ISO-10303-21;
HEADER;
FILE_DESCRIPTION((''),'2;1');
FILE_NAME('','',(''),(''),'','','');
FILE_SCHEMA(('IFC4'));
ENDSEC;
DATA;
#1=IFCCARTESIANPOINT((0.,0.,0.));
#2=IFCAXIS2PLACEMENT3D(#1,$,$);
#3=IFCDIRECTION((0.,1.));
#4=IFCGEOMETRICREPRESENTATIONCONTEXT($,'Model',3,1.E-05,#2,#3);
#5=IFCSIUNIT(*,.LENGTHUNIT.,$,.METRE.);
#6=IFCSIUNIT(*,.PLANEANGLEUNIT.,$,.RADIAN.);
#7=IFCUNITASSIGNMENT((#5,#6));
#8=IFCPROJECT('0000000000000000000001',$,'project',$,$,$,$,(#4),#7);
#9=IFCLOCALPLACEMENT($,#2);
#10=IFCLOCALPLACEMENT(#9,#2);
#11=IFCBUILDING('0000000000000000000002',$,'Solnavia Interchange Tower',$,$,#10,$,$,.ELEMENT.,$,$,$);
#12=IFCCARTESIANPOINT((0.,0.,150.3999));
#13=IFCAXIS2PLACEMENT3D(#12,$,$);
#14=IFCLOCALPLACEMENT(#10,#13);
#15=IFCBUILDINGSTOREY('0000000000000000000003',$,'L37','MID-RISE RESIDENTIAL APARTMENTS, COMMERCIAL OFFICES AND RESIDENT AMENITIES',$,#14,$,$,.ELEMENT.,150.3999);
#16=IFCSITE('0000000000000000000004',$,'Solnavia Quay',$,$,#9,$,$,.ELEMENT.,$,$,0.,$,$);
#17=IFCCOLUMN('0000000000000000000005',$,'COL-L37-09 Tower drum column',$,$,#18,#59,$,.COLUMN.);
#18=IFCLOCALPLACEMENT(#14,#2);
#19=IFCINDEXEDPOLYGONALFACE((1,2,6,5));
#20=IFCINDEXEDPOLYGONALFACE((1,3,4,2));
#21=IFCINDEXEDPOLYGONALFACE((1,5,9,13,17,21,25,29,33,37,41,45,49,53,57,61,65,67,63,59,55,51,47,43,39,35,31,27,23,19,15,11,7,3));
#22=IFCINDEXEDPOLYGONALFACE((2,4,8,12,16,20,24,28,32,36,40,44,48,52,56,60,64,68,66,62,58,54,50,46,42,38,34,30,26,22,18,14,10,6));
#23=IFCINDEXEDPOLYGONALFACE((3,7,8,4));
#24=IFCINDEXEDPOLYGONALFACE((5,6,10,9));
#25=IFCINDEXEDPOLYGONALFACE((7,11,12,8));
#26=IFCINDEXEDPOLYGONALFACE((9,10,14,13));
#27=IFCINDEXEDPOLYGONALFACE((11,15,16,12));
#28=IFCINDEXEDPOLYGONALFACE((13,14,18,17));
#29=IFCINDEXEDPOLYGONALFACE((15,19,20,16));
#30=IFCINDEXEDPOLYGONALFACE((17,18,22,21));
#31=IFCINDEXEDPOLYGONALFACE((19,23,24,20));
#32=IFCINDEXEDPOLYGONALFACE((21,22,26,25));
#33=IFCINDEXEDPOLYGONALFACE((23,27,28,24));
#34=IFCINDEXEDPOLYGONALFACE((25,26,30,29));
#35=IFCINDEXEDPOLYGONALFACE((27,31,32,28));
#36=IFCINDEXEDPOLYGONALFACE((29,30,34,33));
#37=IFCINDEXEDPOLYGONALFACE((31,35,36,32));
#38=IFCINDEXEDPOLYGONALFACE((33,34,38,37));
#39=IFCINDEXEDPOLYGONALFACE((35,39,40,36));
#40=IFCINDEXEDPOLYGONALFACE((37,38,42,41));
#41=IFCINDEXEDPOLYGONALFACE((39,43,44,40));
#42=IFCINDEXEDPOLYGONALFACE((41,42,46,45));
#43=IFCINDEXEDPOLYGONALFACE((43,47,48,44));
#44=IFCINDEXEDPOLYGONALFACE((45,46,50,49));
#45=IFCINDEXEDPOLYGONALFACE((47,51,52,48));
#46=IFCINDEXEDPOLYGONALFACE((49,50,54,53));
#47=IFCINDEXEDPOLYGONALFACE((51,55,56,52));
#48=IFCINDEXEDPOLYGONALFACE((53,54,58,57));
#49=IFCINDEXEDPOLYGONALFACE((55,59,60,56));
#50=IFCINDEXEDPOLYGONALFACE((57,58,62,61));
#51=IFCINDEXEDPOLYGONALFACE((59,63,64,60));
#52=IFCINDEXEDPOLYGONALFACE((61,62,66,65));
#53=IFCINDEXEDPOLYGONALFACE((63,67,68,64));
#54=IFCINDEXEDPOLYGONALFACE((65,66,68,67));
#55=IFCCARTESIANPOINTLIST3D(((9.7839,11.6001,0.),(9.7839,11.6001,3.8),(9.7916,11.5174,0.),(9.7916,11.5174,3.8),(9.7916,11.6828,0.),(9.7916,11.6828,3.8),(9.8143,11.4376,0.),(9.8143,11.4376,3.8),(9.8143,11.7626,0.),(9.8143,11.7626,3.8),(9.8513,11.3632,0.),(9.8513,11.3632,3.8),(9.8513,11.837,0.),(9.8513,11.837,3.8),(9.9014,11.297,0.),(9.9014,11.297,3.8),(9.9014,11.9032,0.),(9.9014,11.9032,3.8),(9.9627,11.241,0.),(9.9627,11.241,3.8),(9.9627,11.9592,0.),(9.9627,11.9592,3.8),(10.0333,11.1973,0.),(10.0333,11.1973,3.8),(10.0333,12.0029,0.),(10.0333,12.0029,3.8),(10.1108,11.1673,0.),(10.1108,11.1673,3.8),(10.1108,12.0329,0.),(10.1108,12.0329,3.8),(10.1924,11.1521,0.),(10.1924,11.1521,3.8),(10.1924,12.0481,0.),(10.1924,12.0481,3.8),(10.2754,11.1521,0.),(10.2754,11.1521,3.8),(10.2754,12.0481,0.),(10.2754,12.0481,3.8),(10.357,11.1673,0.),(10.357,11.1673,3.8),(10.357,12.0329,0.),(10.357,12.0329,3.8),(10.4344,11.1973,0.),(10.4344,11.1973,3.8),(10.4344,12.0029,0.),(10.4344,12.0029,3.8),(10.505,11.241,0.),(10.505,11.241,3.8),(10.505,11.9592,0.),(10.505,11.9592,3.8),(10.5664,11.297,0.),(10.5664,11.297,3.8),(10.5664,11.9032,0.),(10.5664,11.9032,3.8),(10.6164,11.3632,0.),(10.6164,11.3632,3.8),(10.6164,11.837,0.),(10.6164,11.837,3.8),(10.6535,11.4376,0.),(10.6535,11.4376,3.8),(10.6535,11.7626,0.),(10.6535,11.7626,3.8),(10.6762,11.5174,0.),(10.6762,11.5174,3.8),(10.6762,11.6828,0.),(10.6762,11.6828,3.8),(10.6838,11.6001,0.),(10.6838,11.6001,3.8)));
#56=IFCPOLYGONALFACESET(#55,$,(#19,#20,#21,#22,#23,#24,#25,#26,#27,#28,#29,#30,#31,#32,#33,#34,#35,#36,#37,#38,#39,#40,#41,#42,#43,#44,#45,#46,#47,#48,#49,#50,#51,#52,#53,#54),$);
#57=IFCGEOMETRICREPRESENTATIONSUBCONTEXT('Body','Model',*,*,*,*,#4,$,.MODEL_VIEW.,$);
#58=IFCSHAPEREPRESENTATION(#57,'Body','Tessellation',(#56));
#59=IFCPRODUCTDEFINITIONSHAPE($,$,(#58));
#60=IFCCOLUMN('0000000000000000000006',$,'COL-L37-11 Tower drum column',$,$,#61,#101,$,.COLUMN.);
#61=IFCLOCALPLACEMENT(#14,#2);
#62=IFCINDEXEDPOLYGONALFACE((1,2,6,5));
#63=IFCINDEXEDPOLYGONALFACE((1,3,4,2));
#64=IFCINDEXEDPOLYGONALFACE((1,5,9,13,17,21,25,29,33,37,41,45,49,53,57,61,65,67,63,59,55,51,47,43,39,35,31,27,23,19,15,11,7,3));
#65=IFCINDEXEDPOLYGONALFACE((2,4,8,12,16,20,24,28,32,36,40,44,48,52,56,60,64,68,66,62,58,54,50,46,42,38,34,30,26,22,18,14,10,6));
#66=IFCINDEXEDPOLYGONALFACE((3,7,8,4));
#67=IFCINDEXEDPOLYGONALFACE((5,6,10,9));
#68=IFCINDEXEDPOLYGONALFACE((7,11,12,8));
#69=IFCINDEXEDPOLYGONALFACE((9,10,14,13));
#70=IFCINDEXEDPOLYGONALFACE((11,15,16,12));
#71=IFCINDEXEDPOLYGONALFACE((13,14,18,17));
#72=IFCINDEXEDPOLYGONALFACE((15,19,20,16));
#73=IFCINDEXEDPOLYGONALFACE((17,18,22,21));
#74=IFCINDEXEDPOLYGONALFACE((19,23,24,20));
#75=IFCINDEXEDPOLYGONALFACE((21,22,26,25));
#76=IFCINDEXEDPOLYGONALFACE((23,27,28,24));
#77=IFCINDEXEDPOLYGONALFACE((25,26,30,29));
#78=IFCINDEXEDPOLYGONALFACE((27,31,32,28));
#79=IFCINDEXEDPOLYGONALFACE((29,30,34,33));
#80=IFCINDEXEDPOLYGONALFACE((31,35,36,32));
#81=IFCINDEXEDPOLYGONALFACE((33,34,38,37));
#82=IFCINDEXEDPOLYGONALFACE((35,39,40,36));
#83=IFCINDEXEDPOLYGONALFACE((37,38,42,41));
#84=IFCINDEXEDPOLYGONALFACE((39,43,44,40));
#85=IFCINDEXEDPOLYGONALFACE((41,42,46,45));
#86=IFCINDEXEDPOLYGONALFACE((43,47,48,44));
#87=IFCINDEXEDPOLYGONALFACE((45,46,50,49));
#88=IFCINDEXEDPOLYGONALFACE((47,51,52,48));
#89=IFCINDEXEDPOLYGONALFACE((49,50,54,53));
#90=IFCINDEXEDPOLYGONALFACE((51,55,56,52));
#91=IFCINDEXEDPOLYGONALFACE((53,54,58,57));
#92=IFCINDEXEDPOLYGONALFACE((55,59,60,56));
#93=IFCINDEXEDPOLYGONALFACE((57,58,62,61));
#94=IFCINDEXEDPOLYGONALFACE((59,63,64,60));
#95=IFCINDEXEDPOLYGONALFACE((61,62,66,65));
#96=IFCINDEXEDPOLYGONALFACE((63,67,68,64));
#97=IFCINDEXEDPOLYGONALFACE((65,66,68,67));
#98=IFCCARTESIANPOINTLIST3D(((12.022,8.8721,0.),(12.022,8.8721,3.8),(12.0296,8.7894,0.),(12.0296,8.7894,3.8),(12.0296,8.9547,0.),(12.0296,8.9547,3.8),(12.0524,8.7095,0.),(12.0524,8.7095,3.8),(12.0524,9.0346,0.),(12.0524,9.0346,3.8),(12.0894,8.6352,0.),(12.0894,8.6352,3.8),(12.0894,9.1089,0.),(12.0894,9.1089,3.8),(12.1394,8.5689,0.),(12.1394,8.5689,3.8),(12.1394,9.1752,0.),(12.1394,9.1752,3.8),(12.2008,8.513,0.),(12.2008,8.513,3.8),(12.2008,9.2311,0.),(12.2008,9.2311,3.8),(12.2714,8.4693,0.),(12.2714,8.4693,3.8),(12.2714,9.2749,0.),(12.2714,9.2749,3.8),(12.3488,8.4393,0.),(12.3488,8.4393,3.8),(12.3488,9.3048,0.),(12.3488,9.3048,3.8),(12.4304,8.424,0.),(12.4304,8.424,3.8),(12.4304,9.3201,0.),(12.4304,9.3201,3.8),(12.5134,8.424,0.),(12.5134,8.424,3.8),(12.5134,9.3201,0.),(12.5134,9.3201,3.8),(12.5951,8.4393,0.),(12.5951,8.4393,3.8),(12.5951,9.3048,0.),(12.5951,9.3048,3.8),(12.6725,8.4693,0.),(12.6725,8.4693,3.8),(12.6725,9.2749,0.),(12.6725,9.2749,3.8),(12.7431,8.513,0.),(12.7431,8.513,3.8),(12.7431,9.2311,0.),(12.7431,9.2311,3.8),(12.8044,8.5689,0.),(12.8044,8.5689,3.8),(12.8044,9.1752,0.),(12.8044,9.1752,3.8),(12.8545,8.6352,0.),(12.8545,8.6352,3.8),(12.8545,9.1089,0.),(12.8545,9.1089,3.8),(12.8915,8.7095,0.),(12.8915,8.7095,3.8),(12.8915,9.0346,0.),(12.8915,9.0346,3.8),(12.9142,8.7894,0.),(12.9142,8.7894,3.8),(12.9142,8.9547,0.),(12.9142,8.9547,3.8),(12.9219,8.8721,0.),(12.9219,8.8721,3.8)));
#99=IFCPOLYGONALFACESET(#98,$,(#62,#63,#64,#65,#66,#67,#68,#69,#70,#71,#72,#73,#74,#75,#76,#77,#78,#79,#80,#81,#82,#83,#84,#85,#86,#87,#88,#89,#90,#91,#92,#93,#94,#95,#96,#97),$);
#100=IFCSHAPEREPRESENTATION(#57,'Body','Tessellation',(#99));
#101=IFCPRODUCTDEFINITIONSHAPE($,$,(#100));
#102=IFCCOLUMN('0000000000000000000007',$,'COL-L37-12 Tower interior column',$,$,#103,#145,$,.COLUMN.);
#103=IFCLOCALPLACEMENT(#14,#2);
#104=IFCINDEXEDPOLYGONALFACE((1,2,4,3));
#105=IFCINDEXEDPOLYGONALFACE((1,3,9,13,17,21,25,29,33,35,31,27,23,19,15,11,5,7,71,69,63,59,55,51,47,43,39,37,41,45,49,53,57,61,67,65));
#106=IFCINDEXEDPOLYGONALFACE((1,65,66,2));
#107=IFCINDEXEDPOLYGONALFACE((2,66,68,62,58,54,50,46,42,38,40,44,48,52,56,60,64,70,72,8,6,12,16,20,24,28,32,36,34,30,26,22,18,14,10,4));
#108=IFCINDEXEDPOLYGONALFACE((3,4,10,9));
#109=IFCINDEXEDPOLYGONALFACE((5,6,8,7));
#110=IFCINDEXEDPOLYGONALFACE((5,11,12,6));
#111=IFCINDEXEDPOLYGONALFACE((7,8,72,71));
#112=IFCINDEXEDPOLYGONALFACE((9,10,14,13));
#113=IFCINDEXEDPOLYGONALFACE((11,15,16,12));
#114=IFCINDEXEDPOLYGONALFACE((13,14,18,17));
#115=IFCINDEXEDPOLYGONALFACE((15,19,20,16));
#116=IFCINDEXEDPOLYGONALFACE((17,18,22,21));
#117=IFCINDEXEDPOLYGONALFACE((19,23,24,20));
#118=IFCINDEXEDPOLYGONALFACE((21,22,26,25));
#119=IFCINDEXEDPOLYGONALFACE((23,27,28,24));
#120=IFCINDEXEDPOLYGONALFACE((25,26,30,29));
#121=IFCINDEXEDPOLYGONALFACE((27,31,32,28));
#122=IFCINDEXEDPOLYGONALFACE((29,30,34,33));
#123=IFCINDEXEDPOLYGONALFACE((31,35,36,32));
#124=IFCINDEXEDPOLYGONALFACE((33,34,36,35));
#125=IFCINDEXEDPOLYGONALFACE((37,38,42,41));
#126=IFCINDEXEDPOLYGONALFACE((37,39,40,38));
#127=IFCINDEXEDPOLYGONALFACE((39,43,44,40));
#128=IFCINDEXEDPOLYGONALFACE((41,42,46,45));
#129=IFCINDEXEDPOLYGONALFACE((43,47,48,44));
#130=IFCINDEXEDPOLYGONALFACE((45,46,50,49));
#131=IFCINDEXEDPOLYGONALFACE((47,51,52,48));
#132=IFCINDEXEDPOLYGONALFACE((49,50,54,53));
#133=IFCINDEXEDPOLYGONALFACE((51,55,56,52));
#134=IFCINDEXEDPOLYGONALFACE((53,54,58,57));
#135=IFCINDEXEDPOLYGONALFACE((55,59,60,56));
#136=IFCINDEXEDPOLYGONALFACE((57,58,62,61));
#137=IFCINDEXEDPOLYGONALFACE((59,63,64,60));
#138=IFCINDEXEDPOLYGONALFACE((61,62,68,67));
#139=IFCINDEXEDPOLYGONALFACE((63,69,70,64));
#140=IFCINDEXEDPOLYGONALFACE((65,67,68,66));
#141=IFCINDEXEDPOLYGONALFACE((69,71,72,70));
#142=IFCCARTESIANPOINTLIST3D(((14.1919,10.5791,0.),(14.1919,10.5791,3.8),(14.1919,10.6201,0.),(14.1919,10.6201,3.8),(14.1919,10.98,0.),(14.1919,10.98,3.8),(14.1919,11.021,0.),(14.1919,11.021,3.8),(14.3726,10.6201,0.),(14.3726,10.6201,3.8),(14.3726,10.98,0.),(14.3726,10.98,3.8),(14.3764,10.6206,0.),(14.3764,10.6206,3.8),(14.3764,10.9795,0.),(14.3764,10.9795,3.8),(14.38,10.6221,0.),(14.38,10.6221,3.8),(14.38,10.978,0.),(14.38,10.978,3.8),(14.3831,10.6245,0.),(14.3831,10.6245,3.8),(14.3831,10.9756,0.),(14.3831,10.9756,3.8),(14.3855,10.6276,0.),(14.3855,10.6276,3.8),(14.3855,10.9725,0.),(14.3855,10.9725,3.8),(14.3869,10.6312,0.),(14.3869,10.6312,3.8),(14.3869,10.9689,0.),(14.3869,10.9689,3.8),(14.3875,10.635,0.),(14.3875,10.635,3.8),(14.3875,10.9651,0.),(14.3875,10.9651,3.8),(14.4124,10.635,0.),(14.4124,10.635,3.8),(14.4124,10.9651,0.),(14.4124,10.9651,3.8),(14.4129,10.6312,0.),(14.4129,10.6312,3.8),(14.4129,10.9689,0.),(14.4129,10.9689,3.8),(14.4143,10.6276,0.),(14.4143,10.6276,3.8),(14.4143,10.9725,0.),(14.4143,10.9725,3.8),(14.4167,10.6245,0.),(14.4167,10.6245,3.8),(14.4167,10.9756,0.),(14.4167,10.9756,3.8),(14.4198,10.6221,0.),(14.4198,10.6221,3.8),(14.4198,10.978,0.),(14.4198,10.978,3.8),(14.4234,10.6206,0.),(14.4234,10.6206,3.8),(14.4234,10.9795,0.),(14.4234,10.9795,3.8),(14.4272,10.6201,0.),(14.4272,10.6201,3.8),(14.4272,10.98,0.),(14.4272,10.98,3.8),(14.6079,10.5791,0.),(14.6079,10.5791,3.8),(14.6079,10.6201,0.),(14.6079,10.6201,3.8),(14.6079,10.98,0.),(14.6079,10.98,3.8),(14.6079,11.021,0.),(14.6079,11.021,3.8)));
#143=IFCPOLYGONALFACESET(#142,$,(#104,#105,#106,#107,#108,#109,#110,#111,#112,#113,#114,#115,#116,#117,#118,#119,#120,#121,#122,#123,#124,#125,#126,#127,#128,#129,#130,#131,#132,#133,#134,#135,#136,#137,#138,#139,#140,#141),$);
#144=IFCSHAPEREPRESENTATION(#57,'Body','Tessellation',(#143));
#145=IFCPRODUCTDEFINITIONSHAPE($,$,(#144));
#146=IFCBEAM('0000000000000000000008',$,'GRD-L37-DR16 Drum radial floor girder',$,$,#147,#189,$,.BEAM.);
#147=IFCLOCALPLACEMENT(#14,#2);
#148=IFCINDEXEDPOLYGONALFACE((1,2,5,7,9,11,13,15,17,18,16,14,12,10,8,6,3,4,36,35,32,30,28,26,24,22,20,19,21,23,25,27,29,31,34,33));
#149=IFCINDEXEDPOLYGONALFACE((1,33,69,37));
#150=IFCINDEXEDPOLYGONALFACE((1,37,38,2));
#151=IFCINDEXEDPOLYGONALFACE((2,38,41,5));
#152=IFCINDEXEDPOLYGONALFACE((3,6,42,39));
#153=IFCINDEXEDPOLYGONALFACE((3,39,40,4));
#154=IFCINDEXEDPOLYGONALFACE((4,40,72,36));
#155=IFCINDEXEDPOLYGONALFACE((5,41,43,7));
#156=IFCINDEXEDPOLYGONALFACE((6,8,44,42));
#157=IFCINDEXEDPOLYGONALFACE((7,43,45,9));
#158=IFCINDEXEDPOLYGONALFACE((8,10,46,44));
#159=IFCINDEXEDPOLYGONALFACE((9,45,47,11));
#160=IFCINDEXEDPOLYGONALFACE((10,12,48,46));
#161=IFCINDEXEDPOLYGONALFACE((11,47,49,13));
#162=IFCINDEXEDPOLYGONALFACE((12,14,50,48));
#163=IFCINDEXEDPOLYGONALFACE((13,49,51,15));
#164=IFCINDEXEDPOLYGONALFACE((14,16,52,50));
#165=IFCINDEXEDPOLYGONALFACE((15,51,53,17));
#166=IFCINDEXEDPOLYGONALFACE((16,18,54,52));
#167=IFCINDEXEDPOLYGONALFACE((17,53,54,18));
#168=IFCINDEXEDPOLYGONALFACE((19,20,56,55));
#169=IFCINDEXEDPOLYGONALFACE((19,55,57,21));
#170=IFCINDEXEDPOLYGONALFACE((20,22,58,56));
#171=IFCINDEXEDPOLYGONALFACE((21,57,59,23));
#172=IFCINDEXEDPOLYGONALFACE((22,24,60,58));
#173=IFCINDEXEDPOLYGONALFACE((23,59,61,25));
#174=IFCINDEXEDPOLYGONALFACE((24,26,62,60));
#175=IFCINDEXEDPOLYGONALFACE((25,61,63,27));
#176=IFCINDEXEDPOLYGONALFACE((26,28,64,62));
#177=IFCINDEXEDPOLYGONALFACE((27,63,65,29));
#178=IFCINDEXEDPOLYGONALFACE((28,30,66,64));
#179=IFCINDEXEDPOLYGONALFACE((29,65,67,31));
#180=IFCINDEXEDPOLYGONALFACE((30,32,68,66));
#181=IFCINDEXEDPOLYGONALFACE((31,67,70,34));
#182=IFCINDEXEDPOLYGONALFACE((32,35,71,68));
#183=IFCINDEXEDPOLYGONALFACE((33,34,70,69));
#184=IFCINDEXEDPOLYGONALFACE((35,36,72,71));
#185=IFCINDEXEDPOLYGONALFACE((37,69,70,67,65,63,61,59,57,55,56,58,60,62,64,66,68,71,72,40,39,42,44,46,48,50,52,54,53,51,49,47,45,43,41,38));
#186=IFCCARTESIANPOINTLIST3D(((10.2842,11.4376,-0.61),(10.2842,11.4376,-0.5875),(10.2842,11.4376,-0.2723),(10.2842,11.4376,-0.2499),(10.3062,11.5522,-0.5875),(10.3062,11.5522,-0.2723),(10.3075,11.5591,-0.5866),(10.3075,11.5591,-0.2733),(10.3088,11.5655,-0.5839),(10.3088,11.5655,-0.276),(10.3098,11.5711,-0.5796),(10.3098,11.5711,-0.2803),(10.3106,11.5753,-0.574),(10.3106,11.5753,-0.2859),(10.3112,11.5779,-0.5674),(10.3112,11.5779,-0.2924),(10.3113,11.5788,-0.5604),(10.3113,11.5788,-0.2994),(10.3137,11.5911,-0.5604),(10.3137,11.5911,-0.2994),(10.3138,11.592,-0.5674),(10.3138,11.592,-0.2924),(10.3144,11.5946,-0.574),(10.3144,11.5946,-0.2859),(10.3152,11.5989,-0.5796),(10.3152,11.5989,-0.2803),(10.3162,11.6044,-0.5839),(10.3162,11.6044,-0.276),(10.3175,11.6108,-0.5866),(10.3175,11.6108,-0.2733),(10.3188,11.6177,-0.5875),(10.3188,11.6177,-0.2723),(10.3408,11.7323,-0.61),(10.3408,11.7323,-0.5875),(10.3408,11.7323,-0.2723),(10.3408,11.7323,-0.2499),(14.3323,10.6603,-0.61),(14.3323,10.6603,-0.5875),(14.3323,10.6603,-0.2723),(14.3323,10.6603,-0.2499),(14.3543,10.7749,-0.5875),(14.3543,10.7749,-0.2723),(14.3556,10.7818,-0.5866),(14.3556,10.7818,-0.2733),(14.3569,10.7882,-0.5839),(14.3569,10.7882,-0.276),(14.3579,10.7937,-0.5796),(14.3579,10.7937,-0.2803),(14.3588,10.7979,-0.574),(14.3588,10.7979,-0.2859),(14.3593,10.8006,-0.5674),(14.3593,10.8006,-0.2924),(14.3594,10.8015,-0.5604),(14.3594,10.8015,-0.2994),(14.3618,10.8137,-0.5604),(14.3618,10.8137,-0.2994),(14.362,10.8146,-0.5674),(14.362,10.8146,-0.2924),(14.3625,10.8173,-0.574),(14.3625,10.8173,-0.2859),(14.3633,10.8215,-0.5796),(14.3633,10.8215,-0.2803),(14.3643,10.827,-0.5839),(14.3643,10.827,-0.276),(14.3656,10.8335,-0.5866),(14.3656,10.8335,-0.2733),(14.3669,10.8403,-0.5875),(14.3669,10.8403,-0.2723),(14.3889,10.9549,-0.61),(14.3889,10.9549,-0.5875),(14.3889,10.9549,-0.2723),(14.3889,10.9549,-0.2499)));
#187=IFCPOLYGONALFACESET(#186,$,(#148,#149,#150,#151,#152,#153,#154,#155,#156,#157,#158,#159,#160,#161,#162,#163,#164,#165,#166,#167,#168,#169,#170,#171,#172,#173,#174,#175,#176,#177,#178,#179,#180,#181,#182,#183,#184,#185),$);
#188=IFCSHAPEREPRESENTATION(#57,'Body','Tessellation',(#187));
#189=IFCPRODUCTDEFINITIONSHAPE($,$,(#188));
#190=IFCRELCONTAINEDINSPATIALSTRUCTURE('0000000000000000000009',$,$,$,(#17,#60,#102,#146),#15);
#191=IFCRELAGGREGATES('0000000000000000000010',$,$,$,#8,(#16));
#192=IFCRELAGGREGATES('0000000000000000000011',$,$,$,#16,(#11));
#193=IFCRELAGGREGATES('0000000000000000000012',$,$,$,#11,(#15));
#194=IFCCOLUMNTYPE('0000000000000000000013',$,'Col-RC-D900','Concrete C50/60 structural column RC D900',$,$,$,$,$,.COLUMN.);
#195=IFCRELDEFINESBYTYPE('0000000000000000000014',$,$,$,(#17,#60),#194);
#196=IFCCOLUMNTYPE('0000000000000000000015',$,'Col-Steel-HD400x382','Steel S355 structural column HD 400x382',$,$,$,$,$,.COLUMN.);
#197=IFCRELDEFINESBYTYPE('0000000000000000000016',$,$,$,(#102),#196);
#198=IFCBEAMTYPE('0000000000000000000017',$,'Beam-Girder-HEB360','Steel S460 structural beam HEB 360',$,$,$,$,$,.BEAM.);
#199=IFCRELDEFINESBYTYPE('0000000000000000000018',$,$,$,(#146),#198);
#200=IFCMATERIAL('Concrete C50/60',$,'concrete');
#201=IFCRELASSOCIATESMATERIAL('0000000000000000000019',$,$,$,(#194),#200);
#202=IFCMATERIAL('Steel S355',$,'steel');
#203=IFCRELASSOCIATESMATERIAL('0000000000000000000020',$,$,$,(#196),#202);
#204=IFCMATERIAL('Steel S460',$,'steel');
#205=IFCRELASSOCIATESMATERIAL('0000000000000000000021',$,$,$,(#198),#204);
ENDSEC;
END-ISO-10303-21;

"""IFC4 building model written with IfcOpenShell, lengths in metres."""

from ifc_helpers import new_model, si_unit, direction, frame, origin, origin_2d, place, context, subcontext, project, spatial, circle, i_section, extrude, material, material_profile, profile_set, type_object, element, save


model = new_model("IFC4")

# Units and contexts
model_context = context("Model", 3, precision=1e-05, world=origin(), true_north=direction((0.0, 1.0)))
body_context = subcontext(model_context, "Body", "Model", "MODEL_VIEW")
ifc_project = project(units=[si_unit("LENGTHUNIT", "METRE"), si_unit("PLANEANGLEUNIT", "RADIAN")], contexts=[model_context])

# Site, building, storey
site_placement = place(None, origin())
site = spatial("IfcSite", under=ifc_project, at=site_placement, Name="Solnavia Quay", CompositionType="ELEMENT", RefElevation=0.0)
building_placement = place(site_placement, origin())
building = spatial("IfcBuilding", under=site, at=building_placement, Name="Solnavia Interchange Tower", CompositionType="ELEMENT")
storey_placement = place(building_placement, frame((0.0, 0.0, 150.3999)))
storey = spatial("IfcBuildingStorey", under=building, at=storey_placement, Name="L37", Description="MID-RISE RESIDENTIAL APARTMENTS, COMMERCIAL OFFICES AND RESIDENT AMENITIES", CompositionType="ELEMENT", Elevation=150.3999)

# Columns
ifc_material_1 = material(Name="Concrete C50/60", Category="concrete")
ifc_material_profile_1 = material_profile(ifc_material_1, circle(Radius=0.45, at=origin_2d()), Name="RC D900")
ifc_profile_set_1 = profile_set([ifc_material_profile_1], Name="Concrete C50/60")
column_type_1 = type_object("IfcColumnType", Name="Col-RC-D900", Description="Concrete C50/60 structural column RC D900", PredefinedType="COLUMN", material=ifc_profile_set_1)
for number, where, z_axis, x_axis, name in (
    (1, (10.2339, 11.6001, 0.0), (0.0, 0.0, 1.0), (1.0, 0.0, 0.0), "COL-L37-09 Tower drum column"),
    (2, (12.4719, 8.8721, 0.0), (0.0, 0.0, 1.0), (1.0, 0.0, 0.0), "COL-L37-11 Tower drum column"),
):
    element("IfcColumn", number, at=place(storey_placement, frame(where, z_axis=z_axis, x_axis=x_axis)), inside=storey, type_object=column_type_1, Name=name, PredefinedType="COLUMN", context=body_context, shape_type="SweptSolid", body=[
        extrude(circle(Radius=0.45, at=origin_2d()), origin(), (0.0, 0.0, 1.0), 3.8),
    ])
ifc_material_2 = material(Name="Steel S355", Category="steel")
ifc_material_profile_2 = material_profile(ifc_material_2, i_section(OverallWidth=0.416, OverallDepth=0.4419, WebThickness=0.0249, FlangeThickness=0.041, FilletRadius=0.0149, at=origin_2d()), Name="HD 400x382")
ifc_profile_set_2 = profile_set([ifc_material_profile_2], Name="Steel S355")
column_type_2 = type_object("IfcColumnType", Name="Col-Steel-HD400x382", Description="Steel S355 structural column HD 400x382", PredefinedType="COLUMN", material=ifc_profile_set_2)
column_placement = place(storey_placement, frame((14.3999, 10.8, 0.0), z_axis=(0.0, 0.0, 1.0), x_axis=(1.0, 0.0, 0.0)))
element("IfcColumn", 3, at=column_placement, inside=storey, type_object=column_type_2, Name="COL-L37-12 Tower interior column", PredefinedType="COLUMN", context=body_context, shape_type="SweptSolid", body=[
    extrude(i_section(OverallWidth=0.416, OverallDepth=0.4419, WebThickness=0.0249, FlangeThickness=0.041, FilletRadius=0.0149, at=origin_2d()), origin(), (0.0, 0.0, 1.0), 3.8),
])

# Beam
ifc_material_3 = material(Name="Steel S460", Category="steel")
ifc_material_profile_3 = material_profile(ifc_material_3, i_section(OverallWidth=0.3, OverallDepth=0.3601, WebThickness=0.0125, FlangeThickness=0.0225, FilletRadius=0.0271, at=origin_2d()), Name="HEB 360")
ifc_profile_set_3 = profile_set([ifc_material_profile_3], Name="Steel S460")
beam_type_1 = type_object("IfcBeamType", Name="Beam-Girder-HEB360", Description="Steel S460 structural beam HEB 360", PredefinedType="BEAM", material=ifc_profile_set_3)
beam_1_placement = place(storey_placement, frame((10.3125, 11.585, -0.4299), z_axis=(0.982058, -0.188582, 0.0), x_axis=(0.188582, 0.982058, 0.0)))
element("IfcBeam", 4, at=beam_1_placement, inside=storey, type_object=beam_type_1, Name="GRD-L37-DR16 Drum radial floor girder", PredefinedType="BEAM", context=body_context, shape_type="SweptSolid", body=[
    extrude(i_section(OverallWidth=0.3, OverallDepth=0.3601, WebThickness=0.0125, FlangeThickness=0.0225, FilletRadius=0.0271, at=origin_2d()), origin(), (0.0, 0.0, 1.0), 4.1221),
])

save(model, "model.ifc")
